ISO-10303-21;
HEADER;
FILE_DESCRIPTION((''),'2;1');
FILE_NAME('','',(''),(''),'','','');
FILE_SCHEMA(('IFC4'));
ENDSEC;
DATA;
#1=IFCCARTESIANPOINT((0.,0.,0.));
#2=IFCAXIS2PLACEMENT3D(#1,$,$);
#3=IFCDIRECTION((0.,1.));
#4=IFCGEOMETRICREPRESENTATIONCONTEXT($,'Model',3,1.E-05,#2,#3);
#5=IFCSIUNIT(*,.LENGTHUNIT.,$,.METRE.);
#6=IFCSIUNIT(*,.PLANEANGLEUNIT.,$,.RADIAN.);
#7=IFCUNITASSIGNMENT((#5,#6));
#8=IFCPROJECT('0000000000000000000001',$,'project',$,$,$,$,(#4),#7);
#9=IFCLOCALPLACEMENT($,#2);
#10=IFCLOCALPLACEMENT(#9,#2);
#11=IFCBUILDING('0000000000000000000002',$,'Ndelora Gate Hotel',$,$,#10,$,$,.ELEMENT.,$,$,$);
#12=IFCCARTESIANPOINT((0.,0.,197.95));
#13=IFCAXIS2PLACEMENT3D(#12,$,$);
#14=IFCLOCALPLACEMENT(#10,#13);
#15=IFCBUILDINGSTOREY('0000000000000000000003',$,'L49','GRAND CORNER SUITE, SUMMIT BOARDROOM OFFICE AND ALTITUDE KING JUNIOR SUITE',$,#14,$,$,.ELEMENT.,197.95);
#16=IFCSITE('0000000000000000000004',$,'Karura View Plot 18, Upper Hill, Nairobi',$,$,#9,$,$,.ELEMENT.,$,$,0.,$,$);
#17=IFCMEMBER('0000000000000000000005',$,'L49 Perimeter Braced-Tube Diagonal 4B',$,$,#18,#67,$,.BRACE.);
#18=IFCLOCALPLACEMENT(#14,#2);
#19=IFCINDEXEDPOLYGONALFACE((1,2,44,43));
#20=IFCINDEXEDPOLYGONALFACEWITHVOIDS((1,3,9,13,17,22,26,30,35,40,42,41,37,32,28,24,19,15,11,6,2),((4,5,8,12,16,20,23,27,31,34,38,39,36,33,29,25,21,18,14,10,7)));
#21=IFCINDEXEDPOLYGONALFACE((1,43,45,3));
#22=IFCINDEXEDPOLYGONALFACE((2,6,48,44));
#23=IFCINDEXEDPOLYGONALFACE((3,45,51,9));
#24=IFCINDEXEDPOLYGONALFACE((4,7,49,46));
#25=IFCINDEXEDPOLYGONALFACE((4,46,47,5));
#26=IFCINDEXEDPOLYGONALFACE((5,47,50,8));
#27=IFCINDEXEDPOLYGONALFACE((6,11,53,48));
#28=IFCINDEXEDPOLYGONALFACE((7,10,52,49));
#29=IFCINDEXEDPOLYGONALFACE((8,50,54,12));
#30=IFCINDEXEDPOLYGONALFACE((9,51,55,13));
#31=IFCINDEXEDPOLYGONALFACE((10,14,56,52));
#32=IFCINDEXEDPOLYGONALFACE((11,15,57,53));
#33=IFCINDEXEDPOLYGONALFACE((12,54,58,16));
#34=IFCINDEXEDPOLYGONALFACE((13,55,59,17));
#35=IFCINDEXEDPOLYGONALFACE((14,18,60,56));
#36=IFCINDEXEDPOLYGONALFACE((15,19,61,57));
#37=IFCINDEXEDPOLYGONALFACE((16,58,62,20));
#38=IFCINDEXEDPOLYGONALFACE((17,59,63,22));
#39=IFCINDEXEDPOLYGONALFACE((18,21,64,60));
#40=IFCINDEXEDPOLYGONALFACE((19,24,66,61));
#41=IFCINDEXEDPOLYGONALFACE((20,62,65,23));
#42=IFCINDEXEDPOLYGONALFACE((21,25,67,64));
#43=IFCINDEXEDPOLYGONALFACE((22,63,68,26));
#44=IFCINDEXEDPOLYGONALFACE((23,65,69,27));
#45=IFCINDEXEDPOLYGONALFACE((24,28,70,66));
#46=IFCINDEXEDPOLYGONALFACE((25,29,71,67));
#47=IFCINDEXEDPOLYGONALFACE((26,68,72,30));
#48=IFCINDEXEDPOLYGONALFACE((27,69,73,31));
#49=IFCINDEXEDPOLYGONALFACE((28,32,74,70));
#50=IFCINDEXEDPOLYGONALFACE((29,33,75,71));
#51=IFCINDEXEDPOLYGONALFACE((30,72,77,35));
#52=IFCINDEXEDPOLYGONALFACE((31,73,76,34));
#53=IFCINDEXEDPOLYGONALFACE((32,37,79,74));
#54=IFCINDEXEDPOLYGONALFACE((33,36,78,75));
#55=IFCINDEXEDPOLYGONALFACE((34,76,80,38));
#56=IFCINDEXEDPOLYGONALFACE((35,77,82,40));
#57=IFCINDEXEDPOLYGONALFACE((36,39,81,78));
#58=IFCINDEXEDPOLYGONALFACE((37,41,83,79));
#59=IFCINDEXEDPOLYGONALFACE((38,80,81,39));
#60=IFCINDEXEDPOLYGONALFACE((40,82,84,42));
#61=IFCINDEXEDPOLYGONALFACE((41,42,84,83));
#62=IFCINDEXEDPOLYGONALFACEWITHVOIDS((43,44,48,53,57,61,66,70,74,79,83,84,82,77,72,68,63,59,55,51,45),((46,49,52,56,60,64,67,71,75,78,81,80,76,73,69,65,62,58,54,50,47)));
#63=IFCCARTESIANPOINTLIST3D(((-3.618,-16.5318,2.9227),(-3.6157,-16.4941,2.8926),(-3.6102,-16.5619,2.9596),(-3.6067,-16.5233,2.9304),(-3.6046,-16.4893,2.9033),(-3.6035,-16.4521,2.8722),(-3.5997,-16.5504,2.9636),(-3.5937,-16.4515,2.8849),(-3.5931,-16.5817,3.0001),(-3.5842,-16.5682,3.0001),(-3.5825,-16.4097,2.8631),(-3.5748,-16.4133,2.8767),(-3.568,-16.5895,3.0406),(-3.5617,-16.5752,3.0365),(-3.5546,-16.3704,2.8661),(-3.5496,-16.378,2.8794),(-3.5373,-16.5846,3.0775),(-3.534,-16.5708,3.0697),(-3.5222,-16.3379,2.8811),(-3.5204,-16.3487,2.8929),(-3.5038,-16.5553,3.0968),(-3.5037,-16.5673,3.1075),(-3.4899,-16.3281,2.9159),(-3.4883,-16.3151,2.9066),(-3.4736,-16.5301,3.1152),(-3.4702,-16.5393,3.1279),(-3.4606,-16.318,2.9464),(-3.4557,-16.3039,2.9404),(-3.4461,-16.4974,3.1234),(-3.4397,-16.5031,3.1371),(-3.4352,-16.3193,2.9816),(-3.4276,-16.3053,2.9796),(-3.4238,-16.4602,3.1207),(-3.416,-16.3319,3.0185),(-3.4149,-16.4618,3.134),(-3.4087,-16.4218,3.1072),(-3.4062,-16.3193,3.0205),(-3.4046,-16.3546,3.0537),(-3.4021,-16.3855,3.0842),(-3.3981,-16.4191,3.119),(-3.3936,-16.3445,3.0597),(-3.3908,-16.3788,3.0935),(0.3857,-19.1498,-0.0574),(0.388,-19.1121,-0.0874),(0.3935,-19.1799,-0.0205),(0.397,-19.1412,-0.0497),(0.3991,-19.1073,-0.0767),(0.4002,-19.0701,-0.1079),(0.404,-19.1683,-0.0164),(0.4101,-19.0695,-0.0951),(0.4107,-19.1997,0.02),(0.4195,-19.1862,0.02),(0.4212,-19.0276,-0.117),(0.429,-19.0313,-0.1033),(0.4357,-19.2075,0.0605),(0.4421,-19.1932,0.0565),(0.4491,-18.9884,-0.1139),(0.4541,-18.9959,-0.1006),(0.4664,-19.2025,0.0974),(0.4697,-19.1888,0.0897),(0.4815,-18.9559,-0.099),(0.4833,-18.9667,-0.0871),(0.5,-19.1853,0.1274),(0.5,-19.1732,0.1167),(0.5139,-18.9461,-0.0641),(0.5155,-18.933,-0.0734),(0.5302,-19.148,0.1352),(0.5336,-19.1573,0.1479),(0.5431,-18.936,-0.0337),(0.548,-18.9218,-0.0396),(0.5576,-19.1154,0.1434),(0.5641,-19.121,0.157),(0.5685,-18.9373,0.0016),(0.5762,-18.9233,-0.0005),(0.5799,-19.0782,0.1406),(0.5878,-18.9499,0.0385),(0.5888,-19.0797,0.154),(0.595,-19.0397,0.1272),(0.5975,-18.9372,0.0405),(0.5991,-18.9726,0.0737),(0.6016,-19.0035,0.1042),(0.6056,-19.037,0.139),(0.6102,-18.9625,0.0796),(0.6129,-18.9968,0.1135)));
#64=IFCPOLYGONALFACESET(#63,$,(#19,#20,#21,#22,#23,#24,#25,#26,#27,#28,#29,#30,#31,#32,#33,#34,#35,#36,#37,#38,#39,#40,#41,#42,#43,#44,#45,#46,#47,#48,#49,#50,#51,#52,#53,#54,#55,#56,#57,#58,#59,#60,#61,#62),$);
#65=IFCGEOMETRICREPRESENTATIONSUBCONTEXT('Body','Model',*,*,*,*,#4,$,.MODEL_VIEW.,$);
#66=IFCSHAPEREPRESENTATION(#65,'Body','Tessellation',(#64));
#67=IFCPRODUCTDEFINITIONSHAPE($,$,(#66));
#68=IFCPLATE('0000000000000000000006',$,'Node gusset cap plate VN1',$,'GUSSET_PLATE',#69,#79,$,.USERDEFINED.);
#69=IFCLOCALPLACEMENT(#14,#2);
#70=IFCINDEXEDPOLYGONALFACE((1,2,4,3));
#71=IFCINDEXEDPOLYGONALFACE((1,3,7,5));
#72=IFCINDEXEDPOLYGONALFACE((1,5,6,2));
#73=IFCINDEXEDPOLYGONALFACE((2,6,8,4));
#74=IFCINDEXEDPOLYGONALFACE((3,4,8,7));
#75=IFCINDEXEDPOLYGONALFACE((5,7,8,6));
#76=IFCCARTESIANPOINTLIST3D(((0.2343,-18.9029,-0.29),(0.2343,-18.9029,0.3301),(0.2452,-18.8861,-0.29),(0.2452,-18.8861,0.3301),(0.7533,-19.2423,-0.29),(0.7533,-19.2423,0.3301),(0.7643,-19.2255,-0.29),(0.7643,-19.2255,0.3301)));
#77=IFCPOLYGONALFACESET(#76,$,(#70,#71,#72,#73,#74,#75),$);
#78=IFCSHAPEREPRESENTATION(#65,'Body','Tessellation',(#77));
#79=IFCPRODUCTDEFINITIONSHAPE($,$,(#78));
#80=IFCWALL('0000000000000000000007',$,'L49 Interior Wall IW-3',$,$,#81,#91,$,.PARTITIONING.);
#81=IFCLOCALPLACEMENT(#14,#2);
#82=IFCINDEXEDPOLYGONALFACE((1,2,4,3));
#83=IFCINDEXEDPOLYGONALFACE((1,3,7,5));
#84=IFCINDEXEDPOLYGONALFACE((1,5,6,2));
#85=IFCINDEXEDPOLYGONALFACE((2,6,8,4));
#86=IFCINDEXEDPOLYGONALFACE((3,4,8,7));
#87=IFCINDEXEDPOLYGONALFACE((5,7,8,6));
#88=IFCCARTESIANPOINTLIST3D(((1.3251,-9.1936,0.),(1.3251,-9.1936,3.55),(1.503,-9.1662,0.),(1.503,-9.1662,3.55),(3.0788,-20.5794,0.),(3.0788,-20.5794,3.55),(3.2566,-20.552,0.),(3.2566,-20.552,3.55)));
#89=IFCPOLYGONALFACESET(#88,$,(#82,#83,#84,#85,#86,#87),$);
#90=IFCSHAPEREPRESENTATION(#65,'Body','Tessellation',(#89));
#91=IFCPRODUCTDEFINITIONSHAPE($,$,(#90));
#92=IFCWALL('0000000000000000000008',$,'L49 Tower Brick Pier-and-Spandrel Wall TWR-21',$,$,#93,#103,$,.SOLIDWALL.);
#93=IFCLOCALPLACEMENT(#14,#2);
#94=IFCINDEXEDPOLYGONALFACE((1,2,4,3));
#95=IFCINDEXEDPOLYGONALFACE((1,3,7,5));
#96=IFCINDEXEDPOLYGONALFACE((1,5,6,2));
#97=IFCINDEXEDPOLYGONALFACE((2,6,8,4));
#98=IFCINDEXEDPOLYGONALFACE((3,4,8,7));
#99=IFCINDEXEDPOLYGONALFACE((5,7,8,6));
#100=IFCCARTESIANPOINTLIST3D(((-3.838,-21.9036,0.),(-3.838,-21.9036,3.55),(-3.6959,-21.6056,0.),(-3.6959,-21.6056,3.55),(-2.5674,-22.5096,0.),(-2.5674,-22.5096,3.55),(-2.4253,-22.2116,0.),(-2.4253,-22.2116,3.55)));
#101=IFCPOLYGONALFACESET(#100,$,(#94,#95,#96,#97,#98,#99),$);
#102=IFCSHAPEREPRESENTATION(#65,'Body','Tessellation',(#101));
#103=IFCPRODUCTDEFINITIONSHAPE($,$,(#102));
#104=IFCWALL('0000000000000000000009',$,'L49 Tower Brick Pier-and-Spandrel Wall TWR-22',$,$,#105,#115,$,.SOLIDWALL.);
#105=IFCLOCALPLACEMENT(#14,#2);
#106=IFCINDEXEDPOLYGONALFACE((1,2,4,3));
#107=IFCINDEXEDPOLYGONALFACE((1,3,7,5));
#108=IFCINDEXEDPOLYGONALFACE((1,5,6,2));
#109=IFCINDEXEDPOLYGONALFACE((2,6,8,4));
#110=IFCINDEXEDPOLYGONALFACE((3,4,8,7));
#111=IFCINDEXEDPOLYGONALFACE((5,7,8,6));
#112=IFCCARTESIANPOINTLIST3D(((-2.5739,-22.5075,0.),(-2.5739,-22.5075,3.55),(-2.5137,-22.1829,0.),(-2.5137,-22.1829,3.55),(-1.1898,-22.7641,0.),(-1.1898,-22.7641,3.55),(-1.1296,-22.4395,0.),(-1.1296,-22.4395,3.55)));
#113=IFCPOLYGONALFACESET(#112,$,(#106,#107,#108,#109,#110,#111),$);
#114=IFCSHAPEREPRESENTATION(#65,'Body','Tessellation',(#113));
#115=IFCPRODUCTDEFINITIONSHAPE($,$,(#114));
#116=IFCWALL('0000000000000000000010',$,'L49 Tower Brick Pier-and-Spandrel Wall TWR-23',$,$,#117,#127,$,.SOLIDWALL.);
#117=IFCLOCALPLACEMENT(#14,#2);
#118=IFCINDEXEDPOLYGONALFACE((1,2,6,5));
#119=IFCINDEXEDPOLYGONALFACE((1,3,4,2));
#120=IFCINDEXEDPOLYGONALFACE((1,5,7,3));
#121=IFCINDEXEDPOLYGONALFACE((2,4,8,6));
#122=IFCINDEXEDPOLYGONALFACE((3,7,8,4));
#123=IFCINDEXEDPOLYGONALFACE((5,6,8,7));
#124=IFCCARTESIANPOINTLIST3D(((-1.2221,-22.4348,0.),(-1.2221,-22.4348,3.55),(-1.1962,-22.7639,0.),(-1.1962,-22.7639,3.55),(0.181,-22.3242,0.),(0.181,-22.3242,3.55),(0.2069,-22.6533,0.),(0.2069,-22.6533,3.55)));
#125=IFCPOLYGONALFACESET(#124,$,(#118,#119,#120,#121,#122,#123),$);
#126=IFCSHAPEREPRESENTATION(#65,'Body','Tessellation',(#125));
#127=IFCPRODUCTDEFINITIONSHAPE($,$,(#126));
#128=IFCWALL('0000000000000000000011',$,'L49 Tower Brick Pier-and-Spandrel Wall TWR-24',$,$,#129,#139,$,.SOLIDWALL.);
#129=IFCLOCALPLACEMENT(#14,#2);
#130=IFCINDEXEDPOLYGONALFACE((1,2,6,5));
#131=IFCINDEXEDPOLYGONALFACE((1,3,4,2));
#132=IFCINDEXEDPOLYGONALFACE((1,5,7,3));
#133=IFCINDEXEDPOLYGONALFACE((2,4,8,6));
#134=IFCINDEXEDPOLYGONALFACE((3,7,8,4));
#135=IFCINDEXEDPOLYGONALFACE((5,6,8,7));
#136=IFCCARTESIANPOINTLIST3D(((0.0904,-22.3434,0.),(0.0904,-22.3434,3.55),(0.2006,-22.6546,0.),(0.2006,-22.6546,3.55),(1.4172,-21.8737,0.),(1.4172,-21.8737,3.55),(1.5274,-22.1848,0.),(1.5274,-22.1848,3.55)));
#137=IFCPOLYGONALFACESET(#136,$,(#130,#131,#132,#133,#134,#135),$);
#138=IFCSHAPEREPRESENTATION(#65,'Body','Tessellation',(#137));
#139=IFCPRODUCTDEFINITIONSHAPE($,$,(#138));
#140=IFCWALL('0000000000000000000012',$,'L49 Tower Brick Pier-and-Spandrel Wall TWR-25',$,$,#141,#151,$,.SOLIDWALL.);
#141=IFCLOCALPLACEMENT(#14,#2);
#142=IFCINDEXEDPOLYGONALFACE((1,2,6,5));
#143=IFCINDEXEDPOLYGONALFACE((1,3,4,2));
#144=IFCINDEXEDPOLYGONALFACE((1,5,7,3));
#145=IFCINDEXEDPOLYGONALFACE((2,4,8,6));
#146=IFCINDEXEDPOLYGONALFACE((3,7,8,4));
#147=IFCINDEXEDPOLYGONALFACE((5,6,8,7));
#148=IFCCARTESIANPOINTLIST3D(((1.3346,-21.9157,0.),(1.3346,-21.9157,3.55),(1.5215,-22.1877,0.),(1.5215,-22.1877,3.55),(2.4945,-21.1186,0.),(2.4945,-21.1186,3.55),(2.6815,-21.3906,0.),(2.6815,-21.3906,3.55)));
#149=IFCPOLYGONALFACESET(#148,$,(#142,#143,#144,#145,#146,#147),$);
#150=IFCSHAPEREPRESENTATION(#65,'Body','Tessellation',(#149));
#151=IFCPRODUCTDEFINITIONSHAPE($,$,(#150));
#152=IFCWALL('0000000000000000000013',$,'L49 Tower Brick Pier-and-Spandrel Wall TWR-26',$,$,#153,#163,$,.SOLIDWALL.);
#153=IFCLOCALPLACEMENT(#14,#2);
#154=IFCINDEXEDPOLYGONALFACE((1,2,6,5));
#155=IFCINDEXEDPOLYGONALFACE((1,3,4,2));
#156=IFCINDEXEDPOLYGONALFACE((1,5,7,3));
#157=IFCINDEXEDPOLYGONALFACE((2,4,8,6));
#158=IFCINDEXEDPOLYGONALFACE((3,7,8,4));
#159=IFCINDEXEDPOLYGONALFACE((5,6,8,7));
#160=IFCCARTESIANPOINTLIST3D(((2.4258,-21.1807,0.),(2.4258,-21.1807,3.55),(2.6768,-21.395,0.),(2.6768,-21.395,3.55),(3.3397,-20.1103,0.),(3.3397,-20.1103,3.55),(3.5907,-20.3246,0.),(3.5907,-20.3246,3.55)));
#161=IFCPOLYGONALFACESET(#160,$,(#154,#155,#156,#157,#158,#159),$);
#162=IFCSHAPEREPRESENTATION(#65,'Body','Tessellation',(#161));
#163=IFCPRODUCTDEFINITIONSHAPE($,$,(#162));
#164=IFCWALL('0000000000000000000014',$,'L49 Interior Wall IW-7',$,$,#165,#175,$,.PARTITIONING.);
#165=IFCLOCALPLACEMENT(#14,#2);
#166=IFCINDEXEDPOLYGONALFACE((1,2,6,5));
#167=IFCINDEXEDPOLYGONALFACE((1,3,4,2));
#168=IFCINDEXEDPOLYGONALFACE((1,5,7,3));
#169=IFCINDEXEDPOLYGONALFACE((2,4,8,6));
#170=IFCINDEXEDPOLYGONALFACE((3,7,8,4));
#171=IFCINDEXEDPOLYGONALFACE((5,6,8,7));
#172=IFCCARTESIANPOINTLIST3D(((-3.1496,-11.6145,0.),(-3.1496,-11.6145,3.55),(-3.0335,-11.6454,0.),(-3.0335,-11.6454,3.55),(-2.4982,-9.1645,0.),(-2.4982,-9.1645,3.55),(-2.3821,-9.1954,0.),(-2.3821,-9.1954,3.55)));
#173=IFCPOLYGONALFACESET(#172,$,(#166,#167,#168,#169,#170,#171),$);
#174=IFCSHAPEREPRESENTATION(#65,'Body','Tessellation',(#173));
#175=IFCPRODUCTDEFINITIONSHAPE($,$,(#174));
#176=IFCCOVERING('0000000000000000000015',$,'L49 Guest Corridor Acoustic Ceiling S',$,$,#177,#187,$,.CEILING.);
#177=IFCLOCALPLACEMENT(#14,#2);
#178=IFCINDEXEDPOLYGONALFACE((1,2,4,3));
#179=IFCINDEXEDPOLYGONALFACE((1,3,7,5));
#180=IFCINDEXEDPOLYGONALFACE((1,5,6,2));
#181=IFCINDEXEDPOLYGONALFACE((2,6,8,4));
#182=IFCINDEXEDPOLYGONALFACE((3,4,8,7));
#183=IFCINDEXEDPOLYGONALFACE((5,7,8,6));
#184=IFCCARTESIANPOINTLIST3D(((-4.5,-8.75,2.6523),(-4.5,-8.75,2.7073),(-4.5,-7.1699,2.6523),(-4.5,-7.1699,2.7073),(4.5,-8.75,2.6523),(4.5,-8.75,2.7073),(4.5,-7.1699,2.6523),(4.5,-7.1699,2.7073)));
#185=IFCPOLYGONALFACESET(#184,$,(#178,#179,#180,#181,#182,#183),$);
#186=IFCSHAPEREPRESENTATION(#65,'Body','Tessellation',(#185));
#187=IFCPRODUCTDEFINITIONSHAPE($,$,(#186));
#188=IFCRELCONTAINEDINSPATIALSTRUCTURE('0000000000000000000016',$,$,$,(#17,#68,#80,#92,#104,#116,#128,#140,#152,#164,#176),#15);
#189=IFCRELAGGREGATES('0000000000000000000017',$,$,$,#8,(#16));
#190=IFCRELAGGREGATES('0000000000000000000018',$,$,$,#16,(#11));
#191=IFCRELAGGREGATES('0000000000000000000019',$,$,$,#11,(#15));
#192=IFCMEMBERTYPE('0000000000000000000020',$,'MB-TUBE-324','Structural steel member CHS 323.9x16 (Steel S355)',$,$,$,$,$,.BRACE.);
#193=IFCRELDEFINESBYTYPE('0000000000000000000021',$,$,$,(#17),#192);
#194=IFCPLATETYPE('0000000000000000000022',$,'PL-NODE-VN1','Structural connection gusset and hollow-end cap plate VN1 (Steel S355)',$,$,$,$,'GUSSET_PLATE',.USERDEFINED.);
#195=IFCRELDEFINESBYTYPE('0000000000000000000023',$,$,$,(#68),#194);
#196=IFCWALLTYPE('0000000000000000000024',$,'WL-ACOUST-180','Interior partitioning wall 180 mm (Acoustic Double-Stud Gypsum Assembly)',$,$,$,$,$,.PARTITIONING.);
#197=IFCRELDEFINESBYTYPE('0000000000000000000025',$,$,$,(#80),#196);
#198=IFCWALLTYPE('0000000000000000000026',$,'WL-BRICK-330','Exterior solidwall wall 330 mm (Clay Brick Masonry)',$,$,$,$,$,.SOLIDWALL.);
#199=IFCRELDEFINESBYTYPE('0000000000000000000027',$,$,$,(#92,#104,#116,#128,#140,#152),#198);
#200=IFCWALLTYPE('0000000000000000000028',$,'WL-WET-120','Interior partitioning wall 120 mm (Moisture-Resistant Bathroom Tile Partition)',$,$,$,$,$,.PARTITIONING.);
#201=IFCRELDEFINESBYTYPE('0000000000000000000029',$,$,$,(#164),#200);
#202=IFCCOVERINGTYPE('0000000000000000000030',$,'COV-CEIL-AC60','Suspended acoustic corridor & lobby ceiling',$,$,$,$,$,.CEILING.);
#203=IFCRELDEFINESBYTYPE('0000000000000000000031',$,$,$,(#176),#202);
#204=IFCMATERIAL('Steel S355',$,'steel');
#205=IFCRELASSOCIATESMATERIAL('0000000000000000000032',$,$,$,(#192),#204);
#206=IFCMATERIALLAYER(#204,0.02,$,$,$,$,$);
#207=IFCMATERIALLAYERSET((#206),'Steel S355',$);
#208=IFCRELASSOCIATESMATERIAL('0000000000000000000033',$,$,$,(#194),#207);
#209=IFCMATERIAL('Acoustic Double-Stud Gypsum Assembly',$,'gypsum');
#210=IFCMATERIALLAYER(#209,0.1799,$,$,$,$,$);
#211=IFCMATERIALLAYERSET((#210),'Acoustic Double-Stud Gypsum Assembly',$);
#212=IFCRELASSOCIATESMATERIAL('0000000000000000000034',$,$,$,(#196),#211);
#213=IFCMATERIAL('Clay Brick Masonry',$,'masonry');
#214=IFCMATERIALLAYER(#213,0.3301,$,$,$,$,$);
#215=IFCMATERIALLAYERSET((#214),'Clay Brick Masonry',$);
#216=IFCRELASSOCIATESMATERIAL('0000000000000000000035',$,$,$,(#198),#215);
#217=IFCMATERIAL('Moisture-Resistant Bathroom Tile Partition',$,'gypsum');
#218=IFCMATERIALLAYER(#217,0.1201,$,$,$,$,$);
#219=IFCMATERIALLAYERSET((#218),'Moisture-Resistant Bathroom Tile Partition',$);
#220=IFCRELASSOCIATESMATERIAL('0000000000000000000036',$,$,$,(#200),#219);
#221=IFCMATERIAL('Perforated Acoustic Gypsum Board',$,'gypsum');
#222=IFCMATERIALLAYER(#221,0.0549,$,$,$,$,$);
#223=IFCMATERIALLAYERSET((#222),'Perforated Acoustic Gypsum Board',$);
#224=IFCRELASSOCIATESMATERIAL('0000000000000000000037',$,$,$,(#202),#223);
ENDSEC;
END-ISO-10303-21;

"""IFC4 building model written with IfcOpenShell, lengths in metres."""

from ifc_helpers import new_model, si_unit, direction, frame, frame_2d, origin, origin_2d, place, context, subcontext, project, spatial, rectangle, hollow_circle, extrude, material, layer, layer_set, material_profile, profile_set, type_object, element, save


model = new_model("IFC4")

# Units and contexts
model_context = context("Model", 3, precision=1e-05, world=origin(), true_north=direction((0.0, 1.0)))
body_context = subcontext(model_context, "Body", "Model", "MODEL_VIEW")
ifc_project = project(units=[si_unit("LENGTHUNIT", "METRE"), si_unit("PLANEANGLEUNIT", "RADIAN")], contexts=[model_context])

# Site, building, storey
site_placement = place(None, origin())
site = spatial("IfcSite", under=ifc_project, at=site_placement, Name="Karura View Plot 18, Upper Hill, Nairobi", CompositionType="ELEMENT", RefElevation=0.0)
building_placement = place(site_placement, origin())
building = spatial("IfcBuilding", under=site, at=building_placement, Name="Ndelora Gate Hotel", CompositionType="ELEMENT")
storey_placement = place(building_placement, frame((0.0, 0.0, 197.95)))
storey = spatial("IfcBuildingStorey", under=building, at=storey_placement, Name="L49", Description="GRAND CORNER SUITE, SUMMIT BOARDROOM OFFICE AND ALTITUDE KING JUNIOR SUITE", CompositionType="ELEMENT", Elevation=197.95)

# Shared definitions
ifc_material_1 = material(Name="Steel S355", Category="steel")

# Member
ifc_material_profile_1 = material_profile(ifc_material_1, hollow_circle(Radius=0.1619, WallThickness=0.0161, at=origin_2d()), Name="CHS 323.9x16")
ifc_profile_set_1 = profile_set([ifc_material_profile_1], Name="Steel S355")
member_type = type_object("IfcMemberType", Name="MB-TUBE-324", Description="Structural steel member CHS 323.9x16 (Steel S355)", PredefinedType="BRACE", material=ifc_profile_set_1)
member_placement = place(storey_placement, frame((0.4993, -19.0642, 0.02), z_axis=(-0.710389, 0.46451, 0.528752), x_axis=(-0.54727, -0.836956, 0.0)))
element("IfcMember", 1, at=member_placement, inside=storey, type_object=member_type, Name="L49 Perimeter Braced-Tube Diagonal 4B", PredefinedType="BRACE", context=body_context, shape_type="SweptSolid", body=[
    extrude(hollow_circle(Radius=0.1619, WallThickness=0.0161, at=origin_2d()), origin(), (0.0, 0.0, 1.0), 5.636),
])

# Plate
ifc_layer_1 = layer(ifc_material_1, 0.02)
ifc_layer_set_1 = layer_set([ifc_layer_1], Name="Steel S355")
plate_type = type_object("IfcPlateType", Name="PL-NODE-VN1", Description="Structural connection gusset and hollow-end cap plate VN1 (Steel S355)", ElementType="GUSSET_PLATE", PredefinedType="USERDEFINED", material=ifc_layer_set_1)
plate_placement = place(storey_placement, frame((0.4993, -19.0642, -0.29), z_axis=(0.0, 0.0, 1.0), x_axis=(-0.836955, 0.547271, 0.0)))
element("IfcPlate", 2, at=plate_placement, inside=storey, type_object=plate_type, Name="Node gusset cap plate VN1", ObjectType="GUSSET_PLATE", PredefinedType="USERDEFINED", context=body_context, shape_type="SweptSolid", body=[
    extrude(rectangle(XDim=0.6201, YDim=0.02, at=origin_2d()), origin(), (0.0, 0.0, 1.0), 0.6201),
])

# Walls
ifc_material_2 = material(Name="Acoustic Double-Stud Gypsum Assembly", Category="gypsum")
ifc_layer_2 = layer(ifc_material_2, 0.1799)
ifc_layer_set_2 = layer_set([ifc_layer_2], Name="Acoustic Double-Stud Gypsum Assembly")
wall_type_1 = type_object("IfcWallType", Name="WL-ACOUST-180", Description="Interior partitioning wall 180 mm (Acoustic Double-Stud Gypsum Assembly)", PredefinedType="PARTITIONING", material=ifc_layer_set_2)
wall_1_placement = place(storey_placement, frame((1.4141, -9.1799, 0.0), z_axis=(0.0, 0.0, 1.0), x_axis=(0.152228, -0.988345, 0.0)))
element("IfcWall", 3, at=wall_1_placement, inside=storey, type_object=wall_type_1, Name="L49 Interior Wall IW-3", PredefinedType="PARTITIONING", context=body_context, shape_type="SweptSolid", body=[
    extrude(rectangle(XDim=11.52, YDim=0.1799, at=frame_2d((5.76, 0.0))), origin(), (0.0, 0.0, 1.0), 3.55),
])
ifc_material_3 = material(Name="Clay Brick Masonry", Category="masonry")
ifc_layer_3 = layer(ifc_material_3, 0.3301)
ifc_layer_set_3 = layer_set([ifc_layer_3], Name="Clay Brick Masonry")
wall_type_2 = type_object("IfcWallType", Name="WL-BRICK-330", Description="Exterior solidwall wall 330 mm (Clay Brick Masonry)", PredefinedType="SOLIDWALL", material=ifc_layer_set_3)
for number, where, z_axis, x_axis, name in (
    (4, (-2.4963, -22.3606, 0.0), (0.0, 0.0, 1.0), (-0.902597, 0.430486, 0.0), "L49 Tower Brick Pier-and-Spandrel Wall TWR-21"),
    (5, (-1.1597, -22.6018, 0.0), (0.0, 0.0, 1.0), (-0.983245, 0.182288, 0.0), "L49 Tower Brick Pier-and-Spandrel Wall TWR-22"),
):
    element("IfcWall", number, at=place(storey_placement, frame(where, z_axis=z_axis, x_axis=x_axis)), inside=storey, type_object=wall_type_2, Name=name, PredefinedType="SOLIDWALL", context=body_context, shape_type="SweptSolid", body=[
        extrude(rectangle(XDim=1.4077, YDim=0.3301, at=frame_2d((0.7039, 0.0))), origin(), (0.0, 0.0, 1.0), 3.55),
    ])
for number, where, z_axis, x_axis, name in (
    (6, (0.1938, -22.4888, 0.0), (0.0, 0.0, 1.0), (-0.996908, -0.07858, 0.0), "L49 Tower Brick Pier-and-Spandrel Wall TWR-23"),
    (7, (1.4722, -22.0293, 0.0), (0.0, 0.0, 1.0), (-0.942657, -0.333764, 0.0), "L49 Tower Brick Pier-and-Spandrel Wall TWR-24"),
    (8, (2.5879, -21.2546, 0.0), (0.0, 0.0, 1.0), (-0.824148, -0.566374, 0.0), "L49 Tower Brick Pier-and-Spandrel Wall TWR-25"),
    (9, (3.4651, -20.2175, 0.0), (0.0, 0.0, 1.0), (-0.649319, -0.760516, 0.0), "L49 Tower Brick Pier-and-Spandrel Wall TWR-26"),
):
    element("IfcWall", number, at=place(storey_placement, frame(where, z_axis=z_axis, x_axis=x_axis)), inside=storey, type_object=wall_type_2, Name=name, PredefinedType="SOLIDWALL", context=body_context, shape_type="SweptSolid", body=[
        extrude(rectangle(XDim=1.4075, YDim=0.3301, at=frame_2d((0.7036, 0.0))), origin(), (0.0, 0.0, 1.0), 3.55),
    ])
ifc_material_4 = material(Name="Moisture-Resistant Bathroom Tile Partition", Category="gypsum")
ifc_layer_4 = layer(ifc_material_4, 0.1201)
ifc_layer_set_4 = layer_set([ifc_layer_4], Name="Moisture-Resistant Bathroom Tile Partition")
wall_type_3 = type_object("IfcWallType", Name="WL-WET-120", Description="Interior partitioning wall 120 mm (Moisture-Resistant Bathroom Tile Partition)", PredefinedType="PARTITIONING", material=ifc_layer_set_4)
wall_2_placement = place(storey_placement, frame((-2.4402, -9.1799, 0.0), z_axis=(0.0, 0.0, 1.0), x_axis=(-0.256943, -0.966426, 0.0)))
element("IfcWall", 10, at=wall_2_placement, inside=storey, type_object=wall_type_3, Name="L49 Interior Wall IW-7", PredefinedType="PARTITIONING", context=body_context, shape_type="SweptSolid", body=[
    extrude(rectangle(XDim=2.5352, YDim=0.1201, at=frame_2d((1.2676, 0.0))), origin(), (0.0, 0.0, 1.0), 3.55),
])

# Covering
ifc_material_5 = material(Name="Perforated Acoustic Gypsum Board", Category="gypsum")
ifc_layer_5 = layer(ifc_material_5, 0.0549)
ifc_layer_set_5 = layer_set([ifc_layer_5], Name="Perforated Acoustic Gypsum Board")
covering_type_1 = type_object("IfcCoveringType", Name="COV-CEIL-AC60", Description="Suspended acoustic corridor & lobby ceiling", PredefinedType="CEILING", material=ifc_layer_set_5)
covering_1_placement = place(storey_placement, frame((0.0, -7.96, 2.6523), z_axis=(0.0, 0.0, 1.0), x_axis=(1.0, 0.0, 0.0)))
element("IfcCovering", 11, at=covering_1_placement, inside=storey, type_object=covering_type_1, Name="L49 Guest Corridor Acoustic Ceiling S", PredefinedType="CEILING", context=body_context, shape_type="SweptSolid", body=[
    extrude(rectangle(XDim=9.0, YDim=1.5801, at=origin_2d()), origin(), (0.0, 0.0, 1.0), 0.0549),
])

save(model, "model.ifc")
